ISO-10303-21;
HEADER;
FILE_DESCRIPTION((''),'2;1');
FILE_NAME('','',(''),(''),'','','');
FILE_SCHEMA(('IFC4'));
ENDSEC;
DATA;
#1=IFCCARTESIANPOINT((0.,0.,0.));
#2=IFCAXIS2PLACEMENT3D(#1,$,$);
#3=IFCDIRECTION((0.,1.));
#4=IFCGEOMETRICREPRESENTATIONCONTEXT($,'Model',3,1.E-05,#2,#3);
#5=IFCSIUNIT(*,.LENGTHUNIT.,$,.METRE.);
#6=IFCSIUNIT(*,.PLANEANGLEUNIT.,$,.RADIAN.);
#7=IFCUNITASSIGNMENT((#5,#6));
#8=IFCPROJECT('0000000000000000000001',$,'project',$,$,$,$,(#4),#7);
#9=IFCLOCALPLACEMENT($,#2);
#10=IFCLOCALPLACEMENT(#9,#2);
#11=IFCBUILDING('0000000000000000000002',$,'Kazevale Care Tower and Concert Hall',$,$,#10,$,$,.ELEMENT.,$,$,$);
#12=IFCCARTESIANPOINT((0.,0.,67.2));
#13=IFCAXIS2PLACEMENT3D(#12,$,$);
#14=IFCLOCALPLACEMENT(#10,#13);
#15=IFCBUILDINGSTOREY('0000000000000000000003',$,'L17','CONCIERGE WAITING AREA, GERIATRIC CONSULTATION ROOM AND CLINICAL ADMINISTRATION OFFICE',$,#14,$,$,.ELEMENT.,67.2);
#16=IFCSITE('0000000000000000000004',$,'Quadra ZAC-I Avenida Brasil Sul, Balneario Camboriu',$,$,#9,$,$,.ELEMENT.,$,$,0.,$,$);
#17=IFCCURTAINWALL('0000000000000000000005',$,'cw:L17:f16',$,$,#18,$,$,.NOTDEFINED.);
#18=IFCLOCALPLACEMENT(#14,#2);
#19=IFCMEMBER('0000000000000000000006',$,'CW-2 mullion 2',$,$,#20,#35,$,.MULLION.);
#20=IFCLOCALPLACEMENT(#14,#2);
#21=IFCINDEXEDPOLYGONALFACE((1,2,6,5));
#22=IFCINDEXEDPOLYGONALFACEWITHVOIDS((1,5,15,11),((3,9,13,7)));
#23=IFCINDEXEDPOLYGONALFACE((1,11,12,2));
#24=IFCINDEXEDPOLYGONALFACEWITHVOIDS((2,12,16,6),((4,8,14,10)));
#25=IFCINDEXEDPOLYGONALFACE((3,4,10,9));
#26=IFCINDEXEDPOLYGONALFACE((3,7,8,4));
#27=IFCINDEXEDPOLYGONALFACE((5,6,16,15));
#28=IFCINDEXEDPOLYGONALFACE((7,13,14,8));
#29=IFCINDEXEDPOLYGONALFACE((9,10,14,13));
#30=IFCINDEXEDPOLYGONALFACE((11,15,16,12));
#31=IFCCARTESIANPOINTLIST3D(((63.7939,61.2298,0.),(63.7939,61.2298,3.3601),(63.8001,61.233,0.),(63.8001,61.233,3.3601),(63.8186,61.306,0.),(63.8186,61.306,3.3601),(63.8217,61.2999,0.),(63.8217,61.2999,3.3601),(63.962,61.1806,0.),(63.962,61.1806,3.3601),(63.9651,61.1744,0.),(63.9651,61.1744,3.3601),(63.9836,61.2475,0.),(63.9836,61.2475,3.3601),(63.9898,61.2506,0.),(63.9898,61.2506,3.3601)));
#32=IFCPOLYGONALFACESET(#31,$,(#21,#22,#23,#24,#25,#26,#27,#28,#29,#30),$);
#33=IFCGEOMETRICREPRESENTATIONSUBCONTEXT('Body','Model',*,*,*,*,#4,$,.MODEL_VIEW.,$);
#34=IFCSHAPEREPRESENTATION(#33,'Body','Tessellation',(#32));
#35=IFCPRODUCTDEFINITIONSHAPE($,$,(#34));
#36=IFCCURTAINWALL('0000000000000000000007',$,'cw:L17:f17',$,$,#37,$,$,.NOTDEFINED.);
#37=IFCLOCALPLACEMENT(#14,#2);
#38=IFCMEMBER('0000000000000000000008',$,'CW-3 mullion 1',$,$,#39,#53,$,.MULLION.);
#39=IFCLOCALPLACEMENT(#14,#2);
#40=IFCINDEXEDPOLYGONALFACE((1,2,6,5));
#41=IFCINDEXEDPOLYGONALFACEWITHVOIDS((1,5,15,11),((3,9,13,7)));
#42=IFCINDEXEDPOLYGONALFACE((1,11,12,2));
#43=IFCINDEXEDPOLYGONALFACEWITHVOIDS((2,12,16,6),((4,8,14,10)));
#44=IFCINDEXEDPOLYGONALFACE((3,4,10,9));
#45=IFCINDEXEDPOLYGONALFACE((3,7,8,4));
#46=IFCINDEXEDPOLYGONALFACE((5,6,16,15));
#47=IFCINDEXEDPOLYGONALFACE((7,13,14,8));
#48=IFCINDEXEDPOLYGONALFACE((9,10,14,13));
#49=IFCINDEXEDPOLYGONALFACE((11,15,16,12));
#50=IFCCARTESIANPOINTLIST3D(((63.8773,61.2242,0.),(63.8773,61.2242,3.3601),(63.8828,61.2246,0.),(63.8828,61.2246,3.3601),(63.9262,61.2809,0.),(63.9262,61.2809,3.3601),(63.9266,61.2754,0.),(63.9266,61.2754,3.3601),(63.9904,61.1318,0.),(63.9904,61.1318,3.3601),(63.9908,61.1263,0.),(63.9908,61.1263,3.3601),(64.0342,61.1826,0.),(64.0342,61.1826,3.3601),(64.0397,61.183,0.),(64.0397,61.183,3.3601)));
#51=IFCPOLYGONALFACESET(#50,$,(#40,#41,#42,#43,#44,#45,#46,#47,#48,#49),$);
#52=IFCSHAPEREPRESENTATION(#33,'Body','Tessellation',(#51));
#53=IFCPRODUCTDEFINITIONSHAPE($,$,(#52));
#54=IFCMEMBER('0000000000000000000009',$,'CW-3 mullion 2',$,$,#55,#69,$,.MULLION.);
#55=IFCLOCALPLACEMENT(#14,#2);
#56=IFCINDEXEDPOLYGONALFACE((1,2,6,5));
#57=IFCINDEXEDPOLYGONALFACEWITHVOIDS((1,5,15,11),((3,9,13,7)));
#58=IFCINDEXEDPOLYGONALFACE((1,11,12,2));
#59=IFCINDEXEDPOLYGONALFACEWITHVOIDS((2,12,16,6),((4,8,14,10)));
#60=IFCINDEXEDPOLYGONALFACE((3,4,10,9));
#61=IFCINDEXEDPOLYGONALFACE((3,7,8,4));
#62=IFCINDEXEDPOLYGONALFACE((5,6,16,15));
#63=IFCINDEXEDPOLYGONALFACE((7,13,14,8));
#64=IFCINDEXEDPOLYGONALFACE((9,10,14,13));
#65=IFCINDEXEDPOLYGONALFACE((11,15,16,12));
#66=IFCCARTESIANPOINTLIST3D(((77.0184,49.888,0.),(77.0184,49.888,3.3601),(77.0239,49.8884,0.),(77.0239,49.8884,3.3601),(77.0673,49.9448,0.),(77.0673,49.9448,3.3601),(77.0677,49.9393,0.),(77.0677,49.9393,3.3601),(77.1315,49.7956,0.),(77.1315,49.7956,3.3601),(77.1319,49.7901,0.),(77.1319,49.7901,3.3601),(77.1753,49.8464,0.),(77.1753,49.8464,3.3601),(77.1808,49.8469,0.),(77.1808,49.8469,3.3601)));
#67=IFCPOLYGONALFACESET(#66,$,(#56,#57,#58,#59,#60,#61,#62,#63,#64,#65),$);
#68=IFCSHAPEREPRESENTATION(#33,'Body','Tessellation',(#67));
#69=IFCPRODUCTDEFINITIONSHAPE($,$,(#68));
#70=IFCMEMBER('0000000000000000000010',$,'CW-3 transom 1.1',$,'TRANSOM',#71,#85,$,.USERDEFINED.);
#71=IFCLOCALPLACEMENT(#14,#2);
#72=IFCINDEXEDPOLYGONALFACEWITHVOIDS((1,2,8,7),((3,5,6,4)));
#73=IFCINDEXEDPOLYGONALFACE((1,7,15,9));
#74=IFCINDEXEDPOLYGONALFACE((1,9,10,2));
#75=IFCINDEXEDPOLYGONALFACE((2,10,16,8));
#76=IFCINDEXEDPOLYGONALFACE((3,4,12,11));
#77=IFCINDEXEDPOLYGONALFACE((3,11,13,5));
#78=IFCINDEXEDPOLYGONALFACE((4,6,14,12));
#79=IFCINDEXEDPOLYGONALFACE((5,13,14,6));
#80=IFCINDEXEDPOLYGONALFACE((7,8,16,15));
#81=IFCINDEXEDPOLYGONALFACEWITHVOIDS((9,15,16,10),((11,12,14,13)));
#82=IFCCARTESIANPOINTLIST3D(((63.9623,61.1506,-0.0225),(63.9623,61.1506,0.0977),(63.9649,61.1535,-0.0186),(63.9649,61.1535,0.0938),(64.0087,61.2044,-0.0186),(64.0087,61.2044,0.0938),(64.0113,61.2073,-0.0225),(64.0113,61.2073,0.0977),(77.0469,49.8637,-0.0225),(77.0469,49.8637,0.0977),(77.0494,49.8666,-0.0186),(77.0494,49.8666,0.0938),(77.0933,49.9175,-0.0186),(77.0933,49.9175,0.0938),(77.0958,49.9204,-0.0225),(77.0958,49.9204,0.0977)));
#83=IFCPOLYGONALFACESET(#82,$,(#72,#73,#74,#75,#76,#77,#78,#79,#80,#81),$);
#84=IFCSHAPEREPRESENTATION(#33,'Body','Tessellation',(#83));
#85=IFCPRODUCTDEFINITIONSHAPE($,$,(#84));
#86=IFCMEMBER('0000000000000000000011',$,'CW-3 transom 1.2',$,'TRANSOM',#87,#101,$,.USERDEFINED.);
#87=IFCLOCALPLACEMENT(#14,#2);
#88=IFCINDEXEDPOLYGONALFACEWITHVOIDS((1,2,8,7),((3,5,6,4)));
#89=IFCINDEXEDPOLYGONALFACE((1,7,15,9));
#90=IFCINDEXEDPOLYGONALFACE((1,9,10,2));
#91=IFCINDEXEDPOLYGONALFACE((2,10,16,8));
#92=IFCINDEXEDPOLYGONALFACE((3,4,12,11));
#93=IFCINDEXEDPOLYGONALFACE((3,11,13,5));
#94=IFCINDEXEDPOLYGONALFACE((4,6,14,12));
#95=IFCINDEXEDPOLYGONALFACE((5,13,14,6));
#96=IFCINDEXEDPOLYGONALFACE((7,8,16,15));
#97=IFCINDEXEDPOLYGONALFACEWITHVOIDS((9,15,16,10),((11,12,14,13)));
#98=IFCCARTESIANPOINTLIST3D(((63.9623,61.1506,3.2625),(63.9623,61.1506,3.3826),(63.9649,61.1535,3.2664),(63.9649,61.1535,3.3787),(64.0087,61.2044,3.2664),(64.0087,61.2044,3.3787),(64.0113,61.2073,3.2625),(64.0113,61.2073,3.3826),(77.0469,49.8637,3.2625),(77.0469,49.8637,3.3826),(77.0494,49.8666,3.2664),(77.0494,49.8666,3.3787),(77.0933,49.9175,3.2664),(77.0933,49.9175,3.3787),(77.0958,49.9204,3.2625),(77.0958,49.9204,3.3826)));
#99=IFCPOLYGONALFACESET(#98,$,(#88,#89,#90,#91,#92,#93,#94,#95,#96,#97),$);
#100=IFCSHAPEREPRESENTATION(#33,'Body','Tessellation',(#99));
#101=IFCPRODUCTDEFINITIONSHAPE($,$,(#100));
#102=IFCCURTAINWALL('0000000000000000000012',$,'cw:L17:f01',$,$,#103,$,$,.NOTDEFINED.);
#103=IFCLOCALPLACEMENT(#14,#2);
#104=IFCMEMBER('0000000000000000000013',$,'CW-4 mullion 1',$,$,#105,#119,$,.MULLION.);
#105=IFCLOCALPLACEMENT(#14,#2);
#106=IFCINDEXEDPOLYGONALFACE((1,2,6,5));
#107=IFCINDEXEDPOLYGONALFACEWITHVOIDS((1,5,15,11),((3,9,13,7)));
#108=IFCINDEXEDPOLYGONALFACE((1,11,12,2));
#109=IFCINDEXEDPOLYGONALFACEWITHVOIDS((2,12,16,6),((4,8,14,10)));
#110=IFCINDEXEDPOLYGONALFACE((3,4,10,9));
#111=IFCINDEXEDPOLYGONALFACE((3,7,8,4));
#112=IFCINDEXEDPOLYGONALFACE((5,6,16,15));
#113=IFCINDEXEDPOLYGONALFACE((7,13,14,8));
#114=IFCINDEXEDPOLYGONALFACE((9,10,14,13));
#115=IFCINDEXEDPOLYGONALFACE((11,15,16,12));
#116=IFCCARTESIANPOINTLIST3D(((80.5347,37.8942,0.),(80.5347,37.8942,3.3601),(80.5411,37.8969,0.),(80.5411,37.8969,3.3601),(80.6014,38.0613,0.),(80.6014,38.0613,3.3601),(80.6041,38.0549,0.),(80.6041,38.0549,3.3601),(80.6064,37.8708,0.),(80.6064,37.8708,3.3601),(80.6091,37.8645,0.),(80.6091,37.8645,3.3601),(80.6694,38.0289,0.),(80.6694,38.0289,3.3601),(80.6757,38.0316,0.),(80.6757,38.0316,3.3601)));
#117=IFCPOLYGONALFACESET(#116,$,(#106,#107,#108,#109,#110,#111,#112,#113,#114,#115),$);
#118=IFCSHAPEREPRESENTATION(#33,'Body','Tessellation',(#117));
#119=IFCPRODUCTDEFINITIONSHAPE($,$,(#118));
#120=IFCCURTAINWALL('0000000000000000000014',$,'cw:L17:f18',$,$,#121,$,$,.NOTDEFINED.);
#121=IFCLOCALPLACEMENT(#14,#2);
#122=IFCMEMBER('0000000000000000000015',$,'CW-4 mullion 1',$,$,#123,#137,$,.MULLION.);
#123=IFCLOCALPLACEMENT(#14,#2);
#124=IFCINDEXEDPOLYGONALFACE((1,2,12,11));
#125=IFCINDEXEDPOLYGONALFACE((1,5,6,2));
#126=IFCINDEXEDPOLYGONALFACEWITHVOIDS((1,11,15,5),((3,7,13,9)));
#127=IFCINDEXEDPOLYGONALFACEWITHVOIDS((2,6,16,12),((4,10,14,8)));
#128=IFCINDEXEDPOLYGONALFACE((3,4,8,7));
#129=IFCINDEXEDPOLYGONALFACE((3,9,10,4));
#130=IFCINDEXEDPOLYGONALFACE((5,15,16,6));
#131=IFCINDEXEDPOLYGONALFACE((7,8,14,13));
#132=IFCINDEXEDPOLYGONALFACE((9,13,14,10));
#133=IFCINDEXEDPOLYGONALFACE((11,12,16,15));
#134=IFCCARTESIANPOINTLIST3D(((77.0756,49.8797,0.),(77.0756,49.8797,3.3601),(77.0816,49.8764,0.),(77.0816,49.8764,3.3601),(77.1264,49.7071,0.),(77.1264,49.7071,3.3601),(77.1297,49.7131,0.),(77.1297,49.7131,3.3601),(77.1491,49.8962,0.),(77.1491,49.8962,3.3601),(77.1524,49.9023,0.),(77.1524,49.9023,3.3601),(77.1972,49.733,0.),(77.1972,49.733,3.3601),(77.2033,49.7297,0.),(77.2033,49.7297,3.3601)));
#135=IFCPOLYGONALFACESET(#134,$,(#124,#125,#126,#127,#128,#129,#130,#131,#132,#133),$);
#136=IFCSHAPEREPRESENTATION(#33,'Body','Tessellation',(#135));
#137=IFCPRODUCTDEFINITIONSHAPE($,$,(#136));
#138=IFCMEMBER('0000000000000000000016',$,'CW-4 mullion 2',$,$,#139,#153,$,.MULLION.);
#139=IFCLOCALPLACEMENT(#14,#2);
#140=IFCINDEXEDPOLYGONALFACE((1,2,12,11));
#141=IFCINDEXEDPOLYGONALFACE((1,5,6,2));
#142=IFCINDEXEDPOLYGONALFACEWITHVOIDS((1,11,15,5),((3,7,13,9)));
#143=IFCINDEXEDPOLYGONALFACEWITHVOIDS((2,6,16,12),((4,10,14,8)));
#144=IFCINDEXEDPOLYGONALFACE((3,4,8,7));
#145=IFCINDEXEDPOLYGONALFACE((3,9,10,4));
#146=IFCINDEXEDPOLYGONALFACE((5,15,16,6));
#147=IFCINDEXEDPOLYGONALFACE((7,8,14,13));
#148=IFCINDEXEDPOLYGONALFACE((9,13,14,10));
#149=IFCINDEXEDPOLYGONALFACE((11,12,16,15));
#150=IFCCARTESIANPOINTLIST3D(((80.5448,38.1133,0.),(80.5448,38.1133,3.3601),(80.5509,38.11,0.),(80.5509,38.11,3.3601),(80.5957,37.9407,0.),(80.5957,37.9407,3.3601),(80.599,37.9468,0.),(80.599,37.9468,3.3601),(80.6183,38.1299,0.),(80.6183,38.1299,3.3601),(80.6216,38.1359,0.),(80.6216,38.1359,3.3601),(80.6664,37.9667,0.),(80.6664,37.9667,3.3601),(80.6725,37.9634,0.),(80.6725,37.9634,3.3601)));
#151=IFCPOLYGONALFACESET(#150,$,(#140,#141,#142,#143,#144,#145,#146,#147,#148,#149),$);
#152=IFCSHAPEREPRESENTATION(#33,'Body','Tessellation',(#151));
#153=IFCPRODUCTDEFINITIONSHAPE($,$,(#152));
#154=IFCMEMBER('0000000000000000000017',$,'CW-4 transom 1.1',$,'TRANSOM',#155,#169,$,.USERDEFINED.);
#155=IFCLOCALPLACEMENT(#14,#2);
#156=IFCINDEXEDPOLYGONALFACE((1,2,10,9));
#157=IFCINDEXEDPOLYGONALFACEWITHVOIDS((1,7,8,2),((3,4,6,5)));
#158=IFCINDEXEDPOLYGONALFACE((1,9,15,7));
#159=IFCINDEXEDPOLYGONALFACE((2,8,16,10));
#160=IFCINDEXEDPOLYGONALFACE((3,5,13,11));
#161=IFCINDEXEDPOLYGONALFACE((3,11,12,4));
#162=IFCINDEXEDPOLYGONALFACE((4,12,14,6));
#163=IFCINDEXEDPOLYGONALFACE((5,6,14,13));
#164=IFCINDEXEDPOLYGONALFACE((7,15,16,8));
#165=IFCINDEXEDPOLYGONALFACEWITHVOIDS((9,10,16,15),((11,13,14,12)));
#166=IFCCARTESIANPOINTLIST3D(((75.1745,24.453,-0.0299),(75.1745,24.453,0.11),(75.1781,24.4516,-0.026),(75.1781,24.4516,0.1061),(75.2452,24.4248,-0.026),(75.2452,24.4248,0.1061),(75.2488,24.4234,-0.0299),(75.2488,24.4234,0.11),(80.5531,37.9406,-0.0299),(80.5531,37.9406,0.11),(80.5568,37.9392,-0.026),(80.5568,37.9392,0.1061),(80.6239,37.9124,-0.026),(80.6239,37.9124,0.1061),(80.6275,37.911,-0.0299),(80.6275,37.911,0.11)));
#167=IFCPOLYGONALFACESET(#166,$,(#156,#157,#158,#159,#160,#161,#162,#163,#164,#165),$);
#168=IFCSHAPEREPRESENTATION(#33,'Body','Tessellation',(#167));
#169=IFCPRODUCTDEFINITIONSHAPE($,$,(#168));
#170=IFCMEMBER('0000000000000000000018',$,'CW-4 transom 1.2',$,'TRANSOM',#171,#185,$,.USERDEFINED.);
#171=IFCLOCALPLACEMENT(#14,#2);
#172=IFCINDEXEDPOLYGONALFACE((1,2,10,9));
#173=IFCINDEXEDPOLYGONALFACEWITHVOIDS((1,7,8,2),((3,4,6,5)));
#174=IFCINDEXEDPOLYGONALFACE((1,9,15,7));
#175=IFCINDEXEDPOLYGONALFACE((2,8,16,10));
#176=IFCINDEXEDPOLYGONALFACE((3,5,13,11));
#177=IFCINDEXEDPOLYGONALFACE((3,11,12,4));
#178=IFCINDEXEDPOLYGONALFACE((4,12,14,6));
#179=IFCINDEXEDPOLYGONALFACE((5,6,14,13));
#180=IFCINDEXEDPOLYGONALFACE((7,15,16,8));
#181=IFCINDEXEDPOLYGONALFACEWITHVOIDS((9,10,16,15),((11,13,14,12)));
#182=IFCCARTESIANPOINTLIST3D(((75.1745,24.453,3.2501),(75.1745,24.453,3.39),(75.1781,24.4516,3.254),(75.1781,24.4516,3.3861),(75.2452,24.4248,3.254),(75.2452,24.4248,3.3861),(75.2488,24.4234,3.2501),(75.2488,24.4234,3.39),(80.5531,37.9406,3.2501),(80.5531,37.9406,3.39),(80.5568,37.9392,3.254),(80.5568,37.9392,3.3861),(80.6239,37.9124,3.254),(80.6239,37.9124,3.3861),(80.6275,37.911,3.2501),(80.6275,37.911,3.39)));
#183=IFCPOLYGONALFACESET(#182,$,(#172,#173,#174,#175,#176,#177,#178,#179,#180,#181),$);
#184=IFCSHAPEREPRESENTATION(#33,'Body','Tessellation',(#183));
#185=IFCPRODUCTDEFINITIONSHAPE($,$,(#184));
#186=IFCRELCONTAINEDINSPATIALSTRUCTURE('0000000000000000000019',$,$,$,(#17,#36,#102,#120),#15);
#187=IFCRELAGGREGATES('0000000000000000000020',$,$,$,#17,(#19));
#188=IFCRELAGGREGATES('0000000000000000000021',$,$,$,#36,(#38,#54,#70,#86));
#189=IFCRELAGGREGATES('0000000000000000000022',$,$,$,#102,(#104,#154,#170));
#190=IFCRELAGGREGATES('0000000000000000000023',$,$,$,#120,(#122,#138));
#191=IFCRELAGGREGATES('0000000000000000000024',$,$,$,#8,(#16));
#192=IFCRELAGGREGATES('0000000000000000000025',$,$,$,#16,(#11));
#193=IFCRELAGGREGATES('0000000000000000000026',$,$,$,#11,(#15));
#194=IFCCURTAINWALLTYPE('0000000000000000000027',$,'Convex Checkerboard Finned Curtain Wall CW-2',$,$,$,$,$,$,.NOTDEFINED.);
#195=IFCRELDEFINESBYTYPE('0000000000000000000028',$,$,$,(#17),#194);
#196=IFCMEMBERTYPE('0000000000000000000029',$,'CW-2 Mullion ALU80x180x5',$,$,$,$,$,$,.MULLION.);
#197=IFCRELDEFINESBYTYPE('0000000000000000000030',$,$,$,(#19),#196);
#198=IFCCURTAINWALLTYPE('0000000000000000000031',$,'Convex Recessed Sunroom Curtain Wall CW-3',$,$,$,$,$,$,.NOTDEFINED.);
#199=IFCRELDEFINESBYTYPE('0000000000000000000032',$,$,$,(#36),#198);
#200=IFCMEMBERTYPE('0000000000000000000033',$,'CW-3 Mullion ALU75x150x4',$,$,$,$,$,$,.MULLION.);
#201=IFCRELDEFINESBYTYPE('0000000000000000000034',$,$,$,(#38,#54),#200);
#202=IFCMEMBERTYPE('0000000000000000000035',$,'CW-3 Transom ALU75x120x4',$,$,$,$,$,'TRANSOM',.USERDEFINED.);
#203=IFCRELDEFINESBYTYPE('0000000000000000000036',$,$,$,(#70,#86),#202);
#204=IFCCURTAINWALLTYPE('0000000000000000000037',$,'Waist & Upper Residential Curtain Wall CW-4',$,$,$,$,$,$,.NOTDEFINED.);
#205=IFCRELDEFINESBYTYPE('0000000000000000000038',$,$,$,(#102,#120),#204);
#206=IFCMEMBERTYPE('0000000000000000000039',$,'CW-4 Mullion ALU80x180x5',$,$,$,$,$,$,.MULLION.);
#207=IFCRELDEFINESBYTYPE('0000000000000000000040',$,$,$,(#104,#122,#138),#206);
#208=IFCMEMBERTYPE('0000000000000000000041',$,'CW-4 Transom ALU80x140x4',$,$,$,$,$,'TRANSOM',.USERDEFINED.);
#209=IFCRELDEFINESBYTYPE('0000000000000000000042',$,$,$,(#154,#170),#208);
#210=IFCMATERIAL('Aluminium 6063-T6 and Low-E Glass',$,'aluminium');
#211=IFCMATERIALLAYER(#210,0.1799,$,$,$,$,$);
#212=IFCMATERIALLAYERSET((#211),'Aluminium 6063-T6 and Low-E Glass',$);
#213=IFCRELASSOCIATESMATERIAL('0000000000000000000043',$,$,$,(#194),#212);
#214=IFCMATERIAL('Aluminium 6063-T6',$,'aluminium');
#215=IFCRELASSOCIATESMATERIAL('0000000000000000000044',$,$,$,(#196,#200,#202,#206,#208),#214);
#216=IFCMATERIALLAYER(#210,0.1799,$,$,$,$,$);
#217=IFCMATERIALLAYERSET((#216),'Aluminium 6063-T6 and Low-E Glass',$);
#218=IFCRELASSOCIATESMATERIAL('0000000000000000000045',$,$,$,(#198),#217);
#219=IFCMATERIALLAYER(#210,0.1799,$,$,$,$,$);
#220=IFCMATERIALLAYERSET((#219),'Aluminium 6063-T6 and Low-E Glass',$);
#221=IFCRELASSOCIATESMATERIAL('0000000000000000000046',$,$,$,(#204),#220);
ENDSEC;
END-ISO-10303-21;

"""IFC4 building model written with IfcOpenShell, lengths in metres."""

from ifc_helpers import new_model, si_unit, direction, frame, origin, origin_2d, place, context, subcontext, project, spatial, hollow_rectangle, extrude, material, layer, layer_set, material_profile, profile_set, type_object, element, aggregate, save


model = new_model("IFC4")

# Units and contexts
model_context = context("Model", 3, precision=1e-05, world=origin(), true_north=direction((0.0, 1.0)))
body_context = subcontext(model_context, "Body", "Model", "MODEL_VIEW")
ifc_project = project(units=[si_unit("LENGTHUNIT", "METRE"), si_unit("PLANEANGLEUNIT", "RADIAN")], contexts=[model_context])

# Site, building, storey
site_placement = place(None, origin())
site = spatial("IfcSite", under=ifc_project, at=site_placement, Name="Quadra ZAC-I Avenida Brasil Sul, Balneario Camboriu", CompositionType="ELEMENT", RefElevation=0.0)
building_placement = place(site_placement, origin())
building = spatial("IfcBuilding", under=site, at=building_placement, Name="Kazevale Care Tower and Concert Hall", CompositionType="ELEMENT")
storey_placement = place(building_placement, frame((0.0, 0.0, 67.2)))
storey = spatial("IfcBuildingStorey", under=building, at=storey_placement, Name="L17", Description="CONCIERGE WAITING AREA, GERIATRIC CONSULTATION ROOM AND CLINICAL ADMINISTRATION OFFICE", CompositionType="ELEMENT", Elevation=67.2)

# Curtain wall, member
ifc_material_1 = material(Name="Aluminium 6063-T6 and Low-E Glass", Category="aluminium")
ifc_layer_1 = layer(ifc_material_1, 0.1799)
ifc_layer_set_1 = layer_set([ifc_layer_1], Name="Aluminium 6063-T6 and Low-E Glass")
curtain_wall_type_1 = type_object("IfcCurtainWallType", Name="Convex Checkerboard Finned Curtain Wall CW-2", PredefinedType="NOTDEFINED", material=ifc_layer_set_1)
curtain_wall_1_placement = place(storey_placement, origin())
curtain_wall_1 = element("IfcCurtainWall", 1, at=curtain_wall_1_placement, inside=storey, type_object=curtain_wall_type_1, Name="cw:L17:f16", PredefinedType="NOTDEFINED")
ifc_material_2 = material(Name="Aluminium 6063-T6", Category="aluminium")
ifc_material_profile_1 = material_profile(ifc_material_2, hollow_rectangle(XDim=0.0801, YDim=0.1799, WallThickness=0.0049, at=origin_2d()), Name="ALU80x180x5")
ifc_profile_set_1 = profile_set([ifc_material_profile_1], Name="Aluminium 6063-T6")
member_type_1 = type_object("IfcMemberType", Name="CW-2 Mullion ALU80x180x5", PredefinedType="MULLION", material=ifc_profile_set_1)
member_1_placement = place(storey_placement, frame((63.8918, 61.2402, 0.0), z_axis=(0.0, 0.0, 1.0), x_axis=(0.307926, 0.95141, 0.0)))
member_1 = element("IfcMember", 2, at=member_1_placement, type_object=member_type_1, Name="CW-2 mullion 2", PredefinedType="MULLION", context=body_context, shape_type="SweptSolid", body=[
    extrude(hollow_rectangle(XDim=0.0801, YDim=0.1799, WallThickness=0.0049, at=origin_2d()), origin(), (0.0, 0.0, 1.0), 3.3601),
])

# Curtain wall, members
ifc_layer_2 = layer(ifc_material_1, 0.1799)
ifc_layer_set_2 = layer_set([ifc_layer_2], Name="Aluminium 6063-T6 and Low-E Glass")
curtain_wall_type_2 = type_object("IfcCurtainWallType", Name="Convex Recessed Sunroom Curtain Wall CW-3", PredefinedType="NOTDEFINED", material=ifc_layer_set_2)
curtain_wall_2_placement = place(storey_placement, origin())
curtain_wall_2 = element("IfcCurtainWall", 3, at=curtain_wall_2_placement, inside=storey, type_object=curtain_wall_type_2, Name="cw:L17:f17", PredefinedType="NOTDEFINED")
ifc_material_profile_2 = material_profile(ifc_material_2, hollow_rectangle(XDim=0.075, YDim=0.1499, WallThickness=0.0039, at=origin_2d()), Name="ALU75x150x4")
ifc_profile_set_2 = profile_set([ifc_material_profile_2], Name="Aluminium 6063-T6")
member_type_2 = type_object("IfcMemberType", Name="CW-3 Mullion ALU75x150x4", PredefinedType="MULLION", material=ifc_profile_set_2)
member_2_placement = place(storey_placement, frame((63.9585, 61.2036, 0.0), z_axis=(0.0, 0.0, 1.0), x_axis=(0.653184, 0.7572, 0.0)))
member_2 = element("IfcMember", 4, at=member_2_placement, type_object=member_type_2, Name="CW-3 mullion 1", PredefinedType="MULLION", context=body_context, shape_type="SweptSolid", body=[
    extrude(hollow_rectangle(XDim=0.075, YDim=0.1499, WallThickness=0.0039, at=origin_2d()), origin(), (0.0, 0.0, 1.0), 3.3601),
])
member_3_placement = place(storey_placement, frame((77.0996, 49.8674, 0.0), z_axis=(0.0, 0.0, 1.0), x_axis=(0.653184, 0.7572, 0.0)))
member_3 = element("IfcMember", 5, at=member_3_placement, type_object=member_type_2, Name="CW-3 mullion 2", PredefinedType="MULLION", context=body_context, shape_type="SweptSolid", body=[
    extrude(hollow_rectangle(XDim=0.075, YDim=0.1499, WallThickness=0.0039, at=origin_2d()), origin(), (0.0, 0.0, 1.0), 3.3601),
])
ifc_material_profile_3 = material_profile(ifc_material_2, hollow_rectangle(XDim=0.075, YDim=0.1201, WallThickness=0.0039, at=origin_2d()), Name="ALU75x120x4")
ifc_profile_set_3 = profile_set([ifc_material_profile_3], Name="Aluminium 6063-T6")
member_type_3 = type_object("IfcMemberType", Name="CW-3 Transom ALU75x120x4", ElementType="TRANSOM", PredefinedType="USERDEFINED", material=ifc_profile_set_3)
member_4_placement = place(storey_placement, frame((63.9868, 61.179, 0.0376), z_axis=(0.757205, -0.653177, 0.0), x_axis=(0.653177, 0.757205, 0.0)))
member_4 = element("IfcMember", 6, at=member_4_placement, type_object=member_type_3, Name="CW-3 transom 1.1", ObjectType="TRANSOM", PredefinedType="USERDEFINED", context=body_context, shape_type="SweptSolid", body=[
    extrude(hollow_rectangle(XDim=0.075, YDim=0.1201, WallThickness=0.0039, at=origin_2d()), origin(), (0.0, 0.0, 1.0), 17.28),
])
member_5_placement = place(storey_placement, frame((63.9868, 61.179, 3.3225), z_axis=(0.757205, -0.653177, 0.0), x_axis=(0.653177, 0.757205, 0.0)))
member_5 = element("IfcMember", 7, at=member_5_placement, type_object=member_type_3, Name="CW-3 transom 1.2", ObjectType="TRANSOM", PredefinedType="USERDEFINED", context=body_context, shape_type="SweptSolid", body=[
    extrude(hollow_rectangle(XDim=0.075, YDim=0.1201, WallThickness=0.0039, at=origin_2d()), origin(), (0.0, 0.0, 1.0), 17.28),
])

# Curtain wall, member
ifc_layer_3 = layer(ifc_material_1, 0.1799)
ifc_layer_set_3 = layer_set([ifc_layer_3], Name="Aluminium 6063-T6 and Low-E Glass")
curtain_wall_type_3 = type_object("IfcCurtainWallType", Name="Waist & Upper Residential Curtain Wall CW-4", PredefinedType="NOTDEFINED", material=ifc_layer_set_3)
curtain_wall_3_placement = place(storey_placement, origin())
curtain_wall_3 = element("IfcCurtainWall", 8, at=curtain_wall_3_placement, inside=storey, type_object=curtain_wall_type_3, Name="cw:L17:f01", PredefinedType="NOTDEFINED")
ifc_material_profile_4 = material_profile(ifc_material_2, hollow_rectangle(XDim=0.0801, YDim=0.1799, WallThickness=0.0049, at=origin_2d()), Name="ALU80x180x5")
ifc_profile_set_4 = profile_set([ifc_material_profile_4], Name="Aluminium 6063-T6")
member_type_4 = type_object("IfcMemberType", Name="CW-4 Mullion ALU80x180x5", PredefinedType="MULLION", material=ifc_profile_set_4)
member_6_placement = place(storey_placement, frame((80.6052, 37.9629, 0.0), z_axis=(0.0, 0.0, 1.0), x_axis=(0.928861, -0.370427, 0.0)))
member_6 = element("IfcMember", 9, at=member_6_placement, type_object=member_type_4, Name="CW-4 mullion 1", PredefinedType="MULLION", context=body_context, shape_type="SweptSolid", body=[
    extrude(hollow_rectangle(XDim=0.0801, YDim=0.1799, WallThickness=0.0049, at=origin_2d()), origin(), (0.0, 0.0, 1.0), 3.3601),
])

# Curtain wall, members
curtain_wall_4_placement = place(storey_placement, origin())
curtain_wall_4 = element("IfcCurtainWall", 10, at=curtain_wall_4_placement, inside=storey, type_object=curtain_wall_type_3, Name="cw:L17:f18", PredefinedType="NOTDEFINED")
member_7_placement = place(storey_placement, frame((77.1394, 49.8047, 0.0), z_axis=(0.0, 0.0, 1.0), x_axis=(0.959173, 0.28282, 0.0)))
member_7 = element("IfcMember", 11, at=member_7_placement, type_object=member_type_4, Name="CW-4 mullion 1", PredefinedType="MULLION", context=body_context, shape_type="SweptSolid", body=[
    extrude(hollow_rectangle(XDim=0.0801, YDim=0.1799, WallThickness=0.0049, at=origin_2d()), origin(), (0.0, 0.0, 1.0), 3.3601),
])
member_8_placement = place(storey_placement, frame((80.6086, 38.0383, 0.0), z_axis=(0.0, 0.0, 1.0), x_axis=(0.959173, 0.28282, 0.0)))
member_8 = element("IfcMember", 12, at=member_8_placement, type_object=member_type_4, Name="CW-4 mullion 2", PredefinedType="MULLION", context=body_context, shape_type="SweptSolid", body=[
    extrude(hollow_rectangle(XDim=0.0801, YDim=0.1799, WallThickness=0.0049, at=origin_2d()), origin(), (0.0, 0.0, 1.0), 3.3601),
])

# Members
ifc_material_profile_5 = material_profile(ifc_material_2, hollow_rectangle(XDim=0.0801, YDim=0.1399, WallThickness=0.0039, at=origin_2d()), Name="ALU80x140x4")
ifc_profile_set_5 = profile_set([ifc_material_profile_5], Name="Aluminium 6063-T6")
member_type_5 = type_object("IfcMemberType", Name="CW-4 Transom ALU80x140x4", ElementType="TRANSOM", PredefinedType="USERDEFINED", material=ifc_profile_set_5)
member_9_placement = place(storey_placement, frame((80.5903, 37.9258, 0.04), z_axis=(-0.370419, -0.928865, 0.0), x_axis=(0.928865, -0.370419, 0.0)))
member_9 = element("IfcMember", 13, at=member_9_placement, type_object=member_type_5, Name="CW-4 transom 1.1", ObjectType="TRANSOM", PredefinedType="USERDEFINED", context=body_context, shape_type="SweptSolid", body=[
    extrude(hollow_rectangle(XDim=0.0801, YDim=0.1399, WallThickness=0.0039, at=origin_2d()), origin(), (0.0, 0.0, 1.0), 14.5205),
])
member_10_placement = place(storey_placement, frame((80.5903, 37.9258, 3.3201), z_axis=(-0.370419, -0.928865, 0.0), x_axis=(0.928865, -0.370419, 0.0)))
member_10 = element("IfcMember", 14, at=member_10_placement, type_object=member_type_5, Name="CW-4 transom 1.2", ObjectType="TRANSOM", PredefinedType="USERDEFINED", context=body_context, shape_type="SweptSolid", body=[
    extrude(hollow_rectangle(XDim=0.0801, YDim=0.1399, WallThickness=0.0039, at=origin_2d()), origin(), (0.0, 0.0, 1.0), 14.5205),
])

aggregate(curtain_wall_1, [member_1])
aggregate(curtain_wall_2, [member_2, member_3, member_4, member_5])
aggregate(curtain_wall_3, [member_6, member_9, member_10])
aggregate(curtain_wall_4, [member_7, member_8])

save(model, "model.ifc")
